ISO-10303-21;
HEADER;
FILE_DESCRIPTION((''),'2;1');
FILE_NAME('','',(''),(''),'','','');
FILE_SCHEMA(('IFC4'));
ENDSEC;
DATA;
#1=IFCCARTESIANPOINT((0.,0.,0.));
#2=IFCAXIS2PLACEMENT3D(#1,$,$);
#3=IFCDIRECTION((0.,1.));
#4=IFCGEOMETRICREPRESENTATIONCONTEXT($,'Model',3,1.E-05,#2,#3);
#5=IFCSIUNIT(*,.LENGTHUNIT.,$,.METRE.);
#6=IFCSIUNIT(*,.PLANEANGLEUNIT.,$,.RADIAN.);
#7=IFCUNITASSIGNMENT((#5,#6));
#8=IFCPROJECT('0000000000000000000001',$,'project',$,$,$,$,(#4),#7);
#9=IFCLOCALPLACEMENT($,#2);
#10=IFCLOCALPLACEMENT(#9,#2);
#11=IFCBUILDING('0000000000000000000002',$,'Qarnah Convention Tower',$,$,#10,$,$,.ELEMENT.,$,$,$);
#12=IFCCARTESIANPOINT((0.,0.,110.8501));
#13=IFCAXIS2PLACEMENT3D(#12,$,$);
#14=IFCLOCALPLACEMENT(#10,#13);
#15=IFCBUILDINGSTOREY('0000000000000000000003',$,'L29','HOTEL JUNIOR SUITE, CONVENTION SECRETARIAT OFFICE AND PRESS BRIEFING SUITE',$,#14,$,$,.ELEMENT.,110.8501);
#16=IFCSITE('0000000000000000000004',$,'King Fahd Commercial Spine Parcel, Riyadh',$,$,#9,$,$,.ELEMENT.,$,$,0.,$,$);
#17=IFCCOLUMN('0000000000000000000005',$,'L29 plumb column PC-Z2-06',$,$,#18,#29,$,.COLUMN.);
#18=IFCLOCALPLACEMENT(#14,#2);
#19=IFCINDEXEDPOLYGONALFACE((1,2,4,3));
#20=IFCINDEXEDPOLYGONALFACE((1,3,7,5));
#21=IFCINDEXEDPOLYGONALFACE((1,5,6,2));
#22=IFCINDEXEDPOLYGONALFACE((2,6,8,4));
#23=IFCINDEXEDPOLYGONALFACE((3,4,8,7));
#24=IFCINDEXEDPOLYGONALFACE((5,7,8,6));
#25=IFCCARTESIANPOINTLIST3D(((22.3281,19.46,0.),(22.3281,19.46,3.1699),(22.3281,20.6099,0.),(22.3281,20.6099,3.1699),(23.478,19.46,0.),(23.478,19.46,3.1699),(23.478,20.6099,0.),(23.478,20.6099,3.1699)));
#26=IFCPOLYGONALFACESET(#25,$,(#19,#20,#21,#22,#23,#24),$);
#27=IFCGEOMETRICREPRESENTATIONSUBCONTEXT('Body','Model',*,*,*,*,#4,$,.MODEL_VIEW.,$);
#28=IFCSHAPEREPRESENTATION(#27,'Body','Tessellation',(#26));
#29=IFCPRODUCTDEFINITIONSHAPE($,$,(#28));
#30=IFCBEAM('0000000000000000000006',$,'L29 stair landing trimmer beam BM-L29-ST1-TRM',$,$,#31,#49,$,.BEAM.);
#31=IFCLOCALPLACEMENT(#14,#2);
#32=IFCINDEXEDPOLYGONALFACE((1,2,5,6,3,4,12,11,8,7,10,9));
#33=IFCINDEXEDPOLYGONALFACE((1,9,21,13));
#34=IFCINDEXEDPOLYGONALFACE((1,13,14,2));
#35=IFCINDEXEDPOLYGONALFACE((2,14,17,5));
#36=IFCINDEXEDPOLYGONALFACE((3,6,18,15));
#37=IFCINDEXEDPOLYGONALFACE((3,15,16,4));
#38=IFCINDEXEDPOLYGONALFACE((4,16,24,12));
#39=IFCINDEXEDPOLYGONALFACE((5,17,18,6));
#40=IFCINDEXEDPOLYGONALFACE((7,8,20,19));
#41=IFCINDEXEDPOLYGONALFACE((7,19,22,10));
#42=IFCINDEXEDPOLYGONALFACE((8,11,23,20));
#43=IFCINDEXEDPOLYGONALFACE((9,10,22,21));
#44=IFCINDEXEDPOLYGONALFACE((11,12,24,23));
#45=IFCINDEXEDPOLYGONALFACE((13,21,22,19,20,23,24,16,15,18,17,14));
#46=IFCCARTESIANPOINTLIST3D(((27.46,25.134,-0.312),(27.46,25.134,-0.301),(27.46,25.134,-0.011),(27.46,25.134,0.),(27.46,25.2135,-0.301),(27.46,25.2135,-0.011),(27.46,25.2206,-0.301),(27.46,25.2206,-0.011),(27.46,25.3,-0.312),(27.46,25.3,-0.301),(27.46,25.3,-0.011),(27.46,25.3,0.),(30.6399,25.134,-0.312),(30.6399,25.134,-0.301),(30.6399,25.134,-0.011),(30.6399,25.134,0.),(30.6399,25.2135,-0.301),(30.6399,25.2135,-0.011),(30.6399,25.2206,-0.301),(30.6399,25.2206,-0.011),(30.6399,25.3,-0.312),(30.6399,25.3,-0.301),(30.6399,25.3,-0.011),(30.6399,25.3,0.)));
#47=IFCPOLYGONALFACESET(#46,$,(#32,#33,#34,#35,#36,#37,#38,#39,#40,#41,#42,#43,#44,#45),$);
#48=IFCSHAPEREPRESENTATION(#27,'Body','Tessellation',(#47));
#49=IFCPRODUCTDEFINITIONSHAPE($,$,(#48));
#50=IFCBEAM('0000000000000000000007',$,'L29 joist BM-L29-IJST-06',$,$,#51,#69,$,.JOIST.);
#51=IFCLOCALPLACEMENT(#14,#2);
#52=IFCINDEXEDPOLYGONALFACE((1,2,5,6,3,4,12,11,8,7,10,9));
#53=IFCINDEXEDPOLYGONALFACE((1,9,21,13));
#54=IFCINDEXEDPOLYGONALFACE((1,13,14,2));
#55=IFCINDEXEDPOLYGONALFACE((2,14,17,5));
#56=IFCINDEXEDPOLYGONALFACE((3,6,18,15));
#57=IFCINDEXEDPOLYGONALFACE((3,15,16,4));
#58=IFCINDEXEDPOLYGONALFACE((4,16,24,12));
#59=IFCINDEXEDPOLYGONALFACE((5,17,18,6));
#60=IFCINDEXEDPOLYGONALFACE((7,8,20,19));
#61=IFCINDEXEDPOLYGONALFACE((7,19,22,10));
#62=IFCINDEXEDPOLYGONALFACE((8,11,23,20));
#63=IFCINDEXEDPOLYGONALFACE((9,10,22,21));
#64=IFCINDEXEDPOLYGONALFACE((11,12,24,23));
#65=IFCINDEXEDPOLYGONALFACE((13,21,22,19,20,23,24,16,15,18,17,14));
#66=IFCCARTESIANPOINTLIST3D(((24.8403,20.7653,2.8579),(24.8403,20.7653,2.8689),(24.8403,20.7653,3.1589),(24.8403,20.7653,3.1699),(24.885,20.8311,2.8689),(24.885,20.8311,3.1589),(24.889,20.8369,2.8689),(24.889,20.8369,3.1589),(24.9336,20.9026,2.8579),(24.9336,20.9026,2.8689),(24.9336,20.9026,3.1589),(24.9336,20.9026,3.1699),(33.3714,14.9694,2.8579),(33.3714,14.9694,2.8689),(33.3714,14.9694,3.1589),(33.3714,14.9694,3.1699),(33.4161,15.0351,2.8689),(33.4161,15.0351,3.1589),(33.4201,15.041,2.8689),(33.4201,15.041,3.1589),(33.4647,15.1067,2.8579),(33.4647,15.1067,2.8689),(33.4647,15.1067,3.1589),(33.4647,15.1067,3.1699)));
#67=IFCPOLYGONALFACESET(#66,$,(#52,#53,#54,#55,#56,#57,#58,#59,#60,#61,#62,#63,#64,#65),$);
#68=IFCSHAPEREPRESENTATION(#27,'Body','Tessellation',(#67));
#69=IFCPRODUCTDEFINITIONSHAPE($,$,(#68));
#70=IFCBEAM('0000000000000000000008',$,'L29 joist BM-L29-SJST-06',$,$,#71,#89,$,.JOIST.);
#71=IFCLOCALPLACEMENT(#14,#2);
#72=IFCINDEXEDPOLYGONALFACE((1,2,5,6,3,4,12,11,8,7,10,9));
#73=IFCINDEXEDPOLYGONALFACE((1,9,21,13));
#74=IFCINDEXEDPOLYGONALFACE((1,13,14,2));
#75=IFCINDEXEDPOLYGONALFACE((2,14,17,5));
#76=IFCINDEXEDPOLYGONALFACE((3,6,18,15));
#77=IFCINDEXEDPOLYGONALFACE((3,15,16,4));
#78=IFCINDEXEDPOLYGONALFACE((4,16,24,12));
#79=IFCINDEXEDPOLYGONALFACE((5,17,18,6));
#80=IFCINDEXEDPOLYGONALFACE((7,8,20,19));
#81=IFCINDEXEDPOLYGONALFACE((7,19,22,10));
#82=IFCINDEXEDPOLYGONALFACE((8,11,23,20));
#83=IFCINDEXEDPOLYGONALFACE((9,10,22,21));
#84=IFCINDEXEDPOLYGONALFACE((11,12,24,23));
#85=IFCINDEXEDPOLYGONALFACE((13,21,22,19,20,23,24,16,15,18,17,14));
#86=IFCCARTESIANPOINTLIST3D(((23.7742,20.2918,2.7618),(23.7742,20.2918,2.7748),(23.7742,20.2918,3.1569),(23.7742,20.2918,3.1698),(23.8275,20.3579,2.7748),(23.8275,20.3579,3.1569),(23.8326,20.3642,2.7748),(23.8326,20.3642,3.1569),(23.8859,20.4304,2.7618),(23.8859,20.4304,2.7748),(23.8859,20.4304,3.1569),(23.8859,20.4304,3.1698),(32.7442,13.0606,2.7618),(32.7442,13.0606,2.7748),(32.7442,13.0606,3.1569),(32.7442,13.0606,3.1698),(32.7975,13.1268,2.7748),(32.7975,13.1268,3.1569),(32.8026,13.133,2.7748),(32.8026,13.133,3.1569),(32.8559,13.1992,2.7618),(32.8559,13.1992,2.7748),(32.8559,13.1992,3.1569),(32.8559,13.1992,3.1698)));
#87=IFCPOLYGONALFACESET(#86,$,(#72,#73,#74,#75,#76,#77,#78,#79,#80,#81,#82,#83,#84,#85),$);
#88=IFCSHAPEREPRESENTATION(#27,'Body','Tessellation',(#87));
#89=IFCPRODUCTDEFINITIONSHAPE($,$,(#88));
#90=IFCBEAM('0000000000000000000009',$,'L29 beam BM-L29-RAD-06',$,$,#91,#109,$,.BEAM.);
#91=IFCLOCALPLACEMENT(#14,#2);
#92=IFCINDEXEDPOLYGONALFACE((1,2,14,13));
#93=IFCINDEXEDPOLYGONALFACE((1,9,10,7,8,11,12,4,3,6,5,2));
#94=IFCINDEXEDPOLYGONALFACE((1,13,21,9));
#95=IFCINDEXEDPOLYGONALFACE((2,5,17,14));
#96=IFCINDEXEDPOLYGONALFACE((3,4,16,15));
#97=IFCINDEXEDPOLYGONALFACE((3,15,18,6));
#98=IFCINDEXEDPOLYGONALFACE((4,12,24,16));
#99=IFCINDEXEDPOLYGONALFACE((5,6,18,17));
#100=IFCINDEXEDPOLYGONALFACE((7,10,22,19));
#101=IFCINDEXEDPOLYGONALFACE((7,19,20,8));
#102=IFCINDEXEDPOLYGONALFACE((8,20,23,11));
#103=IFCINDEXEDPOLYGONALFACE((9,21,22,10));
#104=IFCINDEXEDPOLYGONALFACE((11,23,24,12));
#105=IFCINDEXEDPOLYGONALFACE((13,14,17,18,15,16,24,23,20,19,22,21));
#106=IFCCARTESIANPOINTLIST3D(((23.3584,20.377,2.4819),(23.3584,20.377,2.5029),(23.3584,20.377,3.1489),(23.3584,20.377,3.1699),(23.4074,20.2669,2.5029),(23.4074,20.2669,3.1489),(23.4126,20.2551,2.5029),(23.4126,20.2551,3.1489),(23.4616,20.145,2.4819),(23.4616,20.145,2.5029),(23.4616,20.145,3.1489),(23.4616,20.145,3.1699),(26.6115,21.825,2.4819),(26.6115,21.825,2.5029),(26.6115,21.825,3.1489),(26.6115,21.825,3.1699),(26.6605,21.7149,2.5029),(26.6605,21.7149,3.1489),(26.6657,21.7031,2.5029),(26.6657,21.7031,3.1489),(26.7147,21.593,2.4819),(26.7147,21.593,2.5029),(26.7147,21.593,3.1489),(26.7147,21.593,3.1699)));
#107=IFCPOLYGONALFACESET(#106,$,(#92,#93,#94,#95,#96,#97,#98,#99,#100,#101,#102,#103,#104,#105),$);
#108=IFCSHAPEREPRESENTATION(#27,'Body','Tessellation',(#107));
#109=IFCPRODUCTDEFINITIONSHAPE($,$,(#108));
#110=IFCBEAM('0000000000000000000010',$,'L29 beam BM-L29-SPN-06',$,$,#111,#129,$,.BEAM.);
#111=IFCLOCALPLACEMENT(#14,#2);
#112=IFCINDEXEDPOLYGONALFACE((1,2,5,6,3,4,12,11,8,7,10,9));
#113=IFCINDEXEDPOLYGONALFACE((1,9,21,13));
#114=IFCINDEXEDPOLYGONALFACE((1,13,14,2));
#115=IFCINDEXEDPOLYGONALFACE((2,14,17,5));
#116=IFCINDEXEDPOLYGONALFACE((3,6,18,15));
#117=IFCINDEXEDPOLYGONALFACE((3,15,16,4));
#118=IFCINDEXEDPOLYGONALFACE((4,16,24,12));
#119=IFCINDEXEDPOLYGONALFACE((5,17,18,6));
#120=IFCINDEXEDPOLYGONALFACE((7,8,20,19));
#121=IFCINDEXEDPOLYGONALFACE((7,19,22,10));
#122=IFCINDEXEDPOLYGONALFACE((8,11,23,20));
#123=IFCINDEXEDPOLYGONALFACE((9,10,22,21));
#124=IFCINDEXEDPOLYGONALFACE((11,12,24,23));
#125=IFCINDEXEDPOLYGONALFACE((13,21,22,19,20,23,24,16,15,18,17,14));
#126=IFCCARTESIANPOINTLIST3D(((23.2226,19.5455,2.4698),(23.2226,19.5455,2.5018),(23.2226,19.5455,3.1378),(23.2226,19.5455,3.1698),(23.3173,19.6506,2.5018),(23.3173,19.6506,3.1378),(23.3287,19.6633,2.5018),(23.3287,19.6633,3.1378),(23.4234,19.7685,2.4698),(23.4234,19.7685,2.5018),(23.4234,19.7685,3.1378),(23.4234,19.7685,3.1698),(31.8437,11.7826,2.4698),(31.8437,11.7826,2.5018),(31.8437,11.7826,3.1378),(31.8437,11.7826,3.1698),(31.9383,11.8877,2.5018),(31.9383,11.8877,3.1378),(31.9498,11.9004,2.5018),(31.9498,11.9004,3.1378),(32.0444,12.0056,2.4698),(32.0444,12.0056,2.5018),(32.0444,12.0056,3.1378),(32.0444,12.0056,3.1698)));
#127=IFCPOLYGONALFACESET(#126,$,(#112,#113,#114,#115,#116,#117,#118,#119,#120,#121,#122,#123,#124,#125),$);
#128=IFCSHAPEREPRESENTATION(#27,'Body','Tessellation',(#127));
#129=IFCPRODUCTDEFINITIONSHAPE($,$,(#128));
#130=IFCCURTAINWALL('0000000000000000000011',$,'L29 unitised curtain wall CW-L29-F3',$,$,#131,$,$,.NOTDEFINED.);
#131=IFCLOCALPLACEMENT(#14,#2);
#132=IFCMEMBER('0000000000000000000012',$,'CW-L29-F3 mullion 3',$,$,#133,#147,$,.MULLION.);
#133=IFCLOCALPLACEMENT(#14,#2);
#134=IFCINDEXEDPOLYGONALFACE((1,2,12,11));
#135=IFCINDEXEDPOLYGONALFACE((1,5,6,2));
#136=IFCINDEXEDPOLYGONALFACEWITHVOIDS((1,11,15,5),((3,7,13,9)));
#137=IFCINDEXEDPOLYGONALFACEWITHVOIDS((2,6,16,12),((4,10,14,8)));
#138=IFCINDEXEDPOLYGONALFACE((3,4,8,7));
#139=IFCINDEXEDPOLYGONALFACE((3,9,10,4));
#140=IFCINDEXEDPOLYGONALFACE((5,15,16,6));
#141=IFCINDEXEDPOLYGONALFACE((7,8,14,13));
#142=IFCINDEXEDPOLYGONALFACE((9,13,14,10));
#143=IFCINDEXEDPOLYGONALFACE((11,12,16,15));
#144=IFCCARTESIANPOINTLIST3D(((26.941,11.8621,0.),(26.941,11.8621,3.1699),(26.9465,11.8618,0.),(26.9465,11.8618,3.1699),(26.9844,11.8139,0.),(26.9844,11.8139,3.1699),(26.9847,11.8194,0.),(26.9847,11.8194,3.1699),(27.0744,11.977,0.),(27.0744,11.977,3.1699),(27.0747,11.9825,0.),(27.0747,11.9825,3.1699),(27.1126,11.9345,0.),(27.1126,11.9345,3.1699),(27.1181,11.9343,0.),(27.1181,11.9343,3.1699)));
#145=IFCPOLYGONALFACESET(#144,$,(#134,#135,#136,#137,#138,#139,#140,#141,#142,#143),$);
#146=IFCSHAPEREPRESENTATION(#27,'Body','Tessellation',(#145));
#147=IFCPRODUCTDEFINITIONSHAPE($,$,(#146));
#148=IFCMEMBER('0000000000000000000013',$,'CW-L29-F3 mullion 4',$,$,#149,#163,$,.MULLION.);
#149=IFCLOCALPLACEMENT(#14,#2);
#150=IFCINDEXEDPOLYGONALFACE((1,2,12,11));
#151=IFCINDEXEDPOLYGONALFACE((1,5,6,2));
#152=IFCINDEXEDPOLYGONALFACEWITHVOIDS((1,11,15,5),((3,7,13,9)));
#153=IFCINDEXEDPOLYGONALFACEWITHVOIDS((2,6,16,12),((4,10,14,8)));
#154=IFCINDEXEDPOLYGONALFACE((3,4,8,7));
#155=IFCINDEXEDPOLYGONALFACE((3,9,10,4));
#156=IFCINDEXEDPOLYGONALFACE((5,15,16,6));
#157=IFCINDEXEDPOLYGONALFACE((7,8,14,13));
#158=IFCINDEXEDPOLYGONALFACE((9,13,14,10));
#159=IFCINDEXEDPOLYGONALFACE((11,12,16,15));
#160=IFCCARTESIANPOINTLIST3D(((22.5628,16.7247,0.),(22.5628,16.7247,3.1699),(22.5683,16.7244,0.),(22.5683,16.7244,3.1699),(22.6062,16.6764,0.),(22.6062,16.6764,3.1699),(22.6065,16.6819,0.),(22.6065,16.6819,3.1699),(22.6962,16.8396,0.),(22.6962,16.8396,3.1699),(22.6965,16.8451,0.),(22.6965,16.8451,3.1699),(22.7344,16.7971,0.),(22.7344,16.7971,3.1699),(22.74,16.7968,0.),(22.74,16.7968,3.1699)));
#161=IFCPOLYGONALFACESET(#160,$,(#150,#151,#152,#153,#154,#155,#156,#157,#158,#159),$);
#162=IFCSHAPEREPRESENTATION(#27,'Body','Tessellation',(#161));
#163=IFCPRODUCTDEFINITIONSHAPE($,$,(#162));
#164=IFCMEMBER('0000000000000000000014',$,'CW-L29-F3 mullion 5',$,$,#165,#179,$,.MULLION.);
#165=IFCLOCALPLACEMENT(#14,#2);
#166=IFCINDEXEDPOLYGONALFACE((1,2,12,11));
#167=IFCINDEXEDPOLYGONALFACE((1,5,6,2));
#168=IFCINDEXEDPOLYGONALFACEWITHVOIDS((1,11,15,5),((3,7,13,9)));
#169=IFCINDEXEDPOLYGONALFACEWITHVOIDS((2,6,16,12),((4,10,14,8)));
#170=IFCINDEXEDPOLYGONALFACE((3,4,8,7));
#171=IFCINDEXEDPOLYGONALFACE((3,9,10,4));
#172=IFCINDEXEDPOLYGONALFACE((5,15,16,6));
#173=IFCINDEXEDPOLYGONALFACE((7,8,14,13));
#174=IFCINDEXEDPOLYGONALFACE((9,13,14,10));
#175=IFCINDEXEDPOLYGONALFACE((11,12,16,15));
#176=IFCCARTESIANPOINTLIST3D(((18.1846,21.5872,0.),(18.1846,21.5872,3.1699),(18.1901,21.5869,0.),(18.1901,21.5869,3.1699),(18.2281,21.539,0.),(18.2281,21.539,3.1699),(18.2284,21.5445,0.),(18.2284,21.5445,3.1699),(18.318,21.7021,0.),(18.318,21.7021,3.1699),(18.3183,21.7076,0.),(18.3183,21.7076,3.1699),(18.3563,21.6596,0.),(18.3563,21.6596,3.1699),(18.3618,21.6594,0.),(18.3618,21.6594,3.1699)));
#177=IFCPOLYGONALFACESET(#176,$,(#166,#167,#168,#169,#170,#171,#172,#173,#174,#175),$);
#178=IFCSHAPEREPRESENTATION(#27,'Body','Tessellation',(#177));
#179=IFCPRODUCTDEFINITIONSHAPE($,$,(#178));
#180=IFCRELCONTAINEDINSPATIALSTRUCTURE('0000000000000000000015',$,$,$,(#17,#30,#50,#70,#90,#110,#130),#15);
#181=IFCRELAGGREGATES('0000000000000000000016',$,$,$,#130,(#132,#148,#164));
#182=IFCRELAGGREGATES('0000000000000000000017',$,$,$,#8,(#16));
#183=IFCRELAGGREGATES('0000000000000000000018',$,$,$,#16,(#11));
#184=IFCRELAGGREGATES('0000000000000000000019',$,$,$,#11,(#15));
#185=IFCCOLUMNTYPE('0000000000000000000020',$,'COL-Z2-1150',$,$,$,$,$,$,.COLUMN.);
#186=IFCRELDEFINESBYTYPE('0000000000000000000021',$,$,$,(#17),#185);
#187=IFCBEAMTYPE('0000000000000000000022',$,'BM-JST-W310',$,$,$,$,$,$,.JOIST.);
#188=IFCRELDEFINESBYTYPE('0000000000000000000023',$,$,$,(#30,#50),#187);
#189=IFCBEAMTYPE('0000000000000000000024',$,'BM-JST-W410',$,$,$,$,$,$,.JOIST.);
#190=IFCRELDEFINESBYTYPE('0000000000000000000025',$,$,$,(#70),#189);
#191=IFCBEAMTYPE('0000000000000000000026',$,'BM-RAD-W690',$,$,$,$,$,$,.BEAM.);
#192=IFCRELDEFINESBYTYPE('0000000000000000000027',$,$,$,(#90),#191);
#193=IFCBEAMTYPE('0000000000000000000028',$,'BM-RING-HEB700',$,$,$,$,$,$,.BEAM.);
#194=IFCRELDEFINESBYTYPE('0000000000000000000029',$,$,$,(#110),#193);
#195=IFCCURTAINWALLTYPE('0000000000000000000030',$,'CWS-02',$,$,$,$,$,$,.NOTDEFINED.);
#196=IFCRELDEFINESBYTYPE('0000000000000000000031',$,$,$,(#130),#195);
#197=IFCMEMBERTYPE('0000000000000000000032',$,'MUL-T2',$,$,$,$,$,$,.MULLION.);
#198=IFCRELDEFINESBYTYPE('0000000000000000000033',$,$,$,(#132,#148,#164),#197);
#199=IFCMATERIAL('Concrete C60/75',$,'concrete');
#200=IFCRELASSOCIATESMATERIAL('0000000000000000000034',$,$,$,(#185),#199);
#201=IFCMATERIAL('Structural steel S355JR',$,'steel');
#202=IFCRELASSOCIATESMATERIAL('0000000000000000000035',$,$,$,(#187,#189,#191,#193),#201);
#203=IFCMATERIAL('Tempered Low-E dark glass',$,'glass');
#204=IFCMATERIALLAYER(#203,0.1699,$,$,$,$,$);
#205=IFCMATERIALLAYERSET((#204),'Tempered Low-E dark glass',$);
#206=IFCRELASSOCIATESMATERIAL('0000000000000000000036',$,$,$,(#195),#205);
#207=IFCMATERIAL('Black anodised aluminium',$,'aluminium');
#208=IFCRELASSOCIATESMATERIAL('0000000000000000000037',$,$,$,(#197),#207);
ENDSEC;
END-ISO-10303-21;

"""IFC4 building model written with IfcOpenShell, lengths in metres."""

from ifc_helpers import new_model, si_unit, direction, frame, origin, origin_2d, place, context, subcontext, project, spatial, rectangle, hollow_rectangle, i_section, extrude, material, layer, layer_set, material_profile, profile_set, type_object, element, aggregate, save


model = new_model("IFC4")

# Units and contexts
model_context = context("Model", 3, precision=1e-05, world=origin(), true_north=direction((0.0, 1.0)))
body_context = subcontext(model_context, "Body", "Model", "MODEL_VIEW")
ifc_project = project(units=[si_unit("LENGTHUNIT", "METRE"), si_unit("PLANEANGLEUNIT", "RADIAN")], contexts=[model_context])

# Site, building, storey
site_placement = place(None, origin())
site = spatial("IfcSite", under=ifc_project, at=site_placement, Name="King Fahd Commercial Spine Parcel, Riyadh", CompositionType="ELEMENT", RefElevation=0.0)
building_placement = place(site_placement, origin())
building = spatial("IfcBuilding", under=site, at=building_placement, Name="Qarnah Convention Tower", CompositionType="ELEMENT")
storey_placement = place(building_placement, frame((0.0, 0.0, 110.8501)))
storey = spatial("IfcBuildingStorey", under=building, at=storey_placement, Name="L29", Description="HOTEL JUNIOR SUITE, CONVENTION SECRETARIAT OFFICE AND PRESS BRIEFING SUITE", CompositionType="ELEMENT", Elevation=110.8501)

# Column
ifc_material_1 = material(Name="Concrete C60/75", Category="concrete")
ifc_material_profile_1 = material_profile(ifc_material_1, rectangle(XDim=1.1499, YDim=1.1499, at=origin_2d()), Name="RC-COL-1150X1150")
ifc_profile_set_1 = profile_set([ifc_material_profile_1], Name="Concrete C60/75")
column_type = type_object("IfcColumnType", Name="COL-Z2-1150", PredefinedType="COLUMN", material=ifc_profile_set_1)
column_placement = place(storey_placement, frame((22.9031, 20.0349, 0.0), z_axis=(0.0, 0.0, 1.0), x_axis=(1.0, 0.0, 0.0)))
element("IfcColumn", 1, at=column_placement, inside=storey, type_object=column_type, Name="L29 plumb column PC-Z2-06", PredefinedType="COLUMN", context=body_context, shape_type="SweptSolid", body=[
    extrude(rectangle(XDim=1.1499, YDim=1.1499, at=origin_2d()), origin(), (0.0, 0.0, 1.0), 3.1699),
])

# Beams
ifc_material_2 = material(Name="Structural steel S355JR", Category="steel")
ifc_material_profile_2 = material_profile(ifc_material_2, i_section(OverallWidth=0.166, OverallDepth=0.312, WebThickness=0.0071, FlangeThickness=0.011, at=origin_2d()), Name="W310X45")
ifc_profile_set_2 = profile_set([ifc_material_profile_2], Name="Structural steel S355JR")
beam_type_1 = type_object("IfcBeamType", Name="BM-JST-W310", PredefinedType="JOIST", material=ifc_profile_set_2)
beam_1_placement = place(storey_placement, frame((27.46, 25.217, -0.156), z_axis=(1.0, 0.0, 0.0), x_axis=(0.0, 1.0, 0.0)))
element("IfcBeam", 2, at=beam_1_placement, inside=storey, type_object=beam_type_1, Name="L29 stair landing trimmer beam BM-L29-ST1-TRM", PredefinedType="BEAM", context=body_context, shape_type="SweptSolid", body=[
    extrude(i_section(OverallWidth=0.166, OverallDepth=0.312, WebThickness=0.0071, FlangeThickness=0.011, at=origin_2d()), origin(), (0.0, 0.0, 1.0), 3.1799),
])
beam_2_placement = place(storey_placement, frame((24.887, 20.834, 3.0139), z_axis=(0.82716, -0.561966, 0.0), x_axis=(0.561966, 0.82716, 0.0)))
element("IfcBeam", 3, at=beam_2_placement, inside=storey, type_object=beam_type_1, Name="L29 joist BM-L29-IJST-06", PredefinedType="JOIST", context=body_context, shape_type="SweptSolid", body=[
    extrude(i_section(OverallWidth=0.166, OverallDepth=0.312, WebThickness=0.0071, FlangeThickness=0.011, at=origin_2d()), origin(), (0.0, 0.0, 1.0), 10.3137),
])
ifc_material_profile_3 = material_profile(ifc_material_2, i_section(OverallWidth=0.178, OverallDepth=0.408, WebThickness=0.0081, FlangeThickness=0.0129, at=origin_2d()), Name="W410X60")
ifc_profile_set_3 = profile_set([ifc_material_profile_3], Name="Structural steel S355JR")
beam_type_2 = type_object("IfcBeamType", Name="BM-JST-W410", PredefinedType="JOIST", material=ifc_profile_set_3)
beam_3_placement = place(storey_placement, frame((23.8301, 20.3611, 2.9658), z_axis=(0.778525, -0.627613, 0.0), x_axis=(0.627613, 0.778525, 0.0)))
element("IfcBeam", 4, at=beam_3_placement, inside=storey, type_object=beam_type_2, Name="L29 joist BM-L29-SJST-06", PredefinedType="JOIST", context=body_context, shape_type="SweptSolid", body=[
    extrude(i_section(OverallWidth=0.178, OverallDepth=0.408, WebThickness=0.0081, FlangeThickness=0.0129, at=origin_2d()), origin(), (0.0, 0.0, 1.0), 11.5217),
])
ifc_material_profile_4 = material_profile(ifc_material_2, i_section(OverallWidth=0.2539, OverallDepth=0.688, WebThickness=0.0129, FlangeThickness=0.021, at=origin_2d()), Name="W690X152")
ifc_profile_set_4 = profile_set([ifc_material_profile_4], Name="Structural steel S355JR")
beam_type_3 = type_object("IfcBeamType", Name="BM-RAD-W690", PredefinedType="BEAM", material=ifc_profile_set_4)
beam_4_placement = place(storey_placement, frame((26.6631, 21.709, 2.8259), z_axis=(-0.913588, -0.406641, 0.0), x_axis=(0.406641, -0.913588, 0.0)))
element("IfcBeam", 5, at=beam_4_placement, inside=storey, type_object=beam_type_3, Name="L29 beam BM-L29-RAD-06", PredefinedType="BEAM", context=body_context, shape_type="SweptSolid", body=[
    extrude(i_section(OverallWidth=0.2539, OverallDepth=0.688, WebThickness=0.0129, FlangeThickness=0.021, at=origin_2d()), origin(), (0.0, 0.0, 1.0), 3.5608),
])
ifc_material_profile_5 = material_profile(ifc_material_2, i_section(OverallWidth=0.3, OverallDepth=0.7, WebThickness=0.0171, FlangeThickness=0.032, at=origin_2d()), Name="HEB700")
ifc_profile_set_5 = profile_set([ifc_material_profile_5], Name="Structural steel S355JR")
beam_type_4 = type_object("IfcBeamType", Name="BM-RING-HEB700", PredefinedType="BEAM", material=ifc_profile_set_5)
beam_5_placement = place(storey_placement, frame((23.323, 19.657, 2.8198), z_axis=(0.743125, -0.669153, 0.0), x_axis=(0.669153, 0.743125, 0.0)))
element("IfcBeam", 6, at=beam_5_placement, inside=storey, type_object=beam_type_4, Name="L29 beam BM-L29-SPN-06", PredefinedType="BEAM", context=body_context, shape_type="SweptSolid", body=[
    extrude(i_section(OverallWidth=0.3, OverallDepth=0.7, WebThickness=0.0171, FlangeThickness=0.032, at=origin_2d()), origin(), (0.0, 0.0, 1.0), 11.6011),
])

# Curtain wall, members
ifc_material_3 = material(Name="Tempered Low-E dark glass", Category="glass")
ifc_layer_1 = layer(ifc_material_3, 0.1699)
ifc_layer_set_1 = layer_set([ifc_layer_1], Name="Tempered Low-E dark glass")
curtain_wall_type = type_object("IfcCurtainWallType", Name="CWS-02", PredefinedType="NOTDEFINED", material=ifc_layer_set_1)
curtain_wall_placement = place(storey_placement, origin())
curtain_wall = element("IfcCurtainWall", 7, at=curtain_wall_placement, inside=storey, type_object=curtain_wall_type, Name="L29 unitised curtain wall CW-L29-F3", PredefinedType="NOTDEFINED")
ifc_material_4 = material(Name="Black anodised aluminium", Category="aluminium")
ifc_material_profile_6 = material_profile(ifc_material_4, hollow_rectangle(XDim=0.0649, YDim=0.1799, WallThickness=0.0039, at=origin_2d()), Name="MUL-65X180")
ifc_profile_set_6 = profile_set([ifc_material_profile_6], Name="Black anodised aluminium")
member_type = type_object("IfcMemberType", Name="MUL-T2", PredefinedType="MULLION", material=ifc_profile_set_6)
member_1_placement = place(storey_placement, frame((27.0295, 11.8982, 0.0), z_axis=(0.0, 0.0, 1.0), x_axis=(-0.669122, 0.743153, 0.0)))
member_1 = element("IfcMember", 8, at=member_1_placement, type_object=member_type, Name="CW-L29-F3 mullion 3", PredefinedType="MULLION", context=body_context, shape_type="SweptSolid", body=[
    extrude(hollow_rectangle(XDim=0.0649, YDim=0.1799, WallThickness=0.0039, at=origin_2d()), origin(), (0.0, 0.0, 1.0), 3.1699),
])
member_2_placement = place(storey_placement, frame((22.6514, 16.7607, 0.0), z_axis=(0.0, 0.0, 1.0), x_axis=(-0.669122, 0.743153, 0.0)))
member_2 = element("IfcMember", 9, at=member_2_placement, type_object=member_type, Name="CW-L29-F3 mullion 4", PredefinedType="MULLION", context=body_context, shape_type="SweptSolid", body=[
    extrude(hollow_rectangle(XDim=0.0649, YDim=0.1799, WallThickness=0.0039, at=origin_2d()), origin(), (0.0, 0.0, 1.0), 3.1699),
])
member_3_placement = place(storey_placement, frame((18.2732, 21.6233, 0.0), z_axis=(0.0, 0.0, 1.0), x_axis=(-0.669122, 0.743153, 0.0)))
member_3 = element("IfcMember", 10, at=member_3_placement, type_object=member_type, Name="CW-L29-F3 mullion 5", PredefinedType="MULLION", context=body_context, shape_type="SweptSolid", body=[
    extrude(hollow_rectangle(XDim=0.0649, YDim=0.1799, WallThickness=0.0039, at=origin_2d()), origin(), (0.0, 0.0, 1.0), 3.1699),
])
aggregate(curtain_wall, [member_1, member_2, member_3])

save(model, "model.ifc")
